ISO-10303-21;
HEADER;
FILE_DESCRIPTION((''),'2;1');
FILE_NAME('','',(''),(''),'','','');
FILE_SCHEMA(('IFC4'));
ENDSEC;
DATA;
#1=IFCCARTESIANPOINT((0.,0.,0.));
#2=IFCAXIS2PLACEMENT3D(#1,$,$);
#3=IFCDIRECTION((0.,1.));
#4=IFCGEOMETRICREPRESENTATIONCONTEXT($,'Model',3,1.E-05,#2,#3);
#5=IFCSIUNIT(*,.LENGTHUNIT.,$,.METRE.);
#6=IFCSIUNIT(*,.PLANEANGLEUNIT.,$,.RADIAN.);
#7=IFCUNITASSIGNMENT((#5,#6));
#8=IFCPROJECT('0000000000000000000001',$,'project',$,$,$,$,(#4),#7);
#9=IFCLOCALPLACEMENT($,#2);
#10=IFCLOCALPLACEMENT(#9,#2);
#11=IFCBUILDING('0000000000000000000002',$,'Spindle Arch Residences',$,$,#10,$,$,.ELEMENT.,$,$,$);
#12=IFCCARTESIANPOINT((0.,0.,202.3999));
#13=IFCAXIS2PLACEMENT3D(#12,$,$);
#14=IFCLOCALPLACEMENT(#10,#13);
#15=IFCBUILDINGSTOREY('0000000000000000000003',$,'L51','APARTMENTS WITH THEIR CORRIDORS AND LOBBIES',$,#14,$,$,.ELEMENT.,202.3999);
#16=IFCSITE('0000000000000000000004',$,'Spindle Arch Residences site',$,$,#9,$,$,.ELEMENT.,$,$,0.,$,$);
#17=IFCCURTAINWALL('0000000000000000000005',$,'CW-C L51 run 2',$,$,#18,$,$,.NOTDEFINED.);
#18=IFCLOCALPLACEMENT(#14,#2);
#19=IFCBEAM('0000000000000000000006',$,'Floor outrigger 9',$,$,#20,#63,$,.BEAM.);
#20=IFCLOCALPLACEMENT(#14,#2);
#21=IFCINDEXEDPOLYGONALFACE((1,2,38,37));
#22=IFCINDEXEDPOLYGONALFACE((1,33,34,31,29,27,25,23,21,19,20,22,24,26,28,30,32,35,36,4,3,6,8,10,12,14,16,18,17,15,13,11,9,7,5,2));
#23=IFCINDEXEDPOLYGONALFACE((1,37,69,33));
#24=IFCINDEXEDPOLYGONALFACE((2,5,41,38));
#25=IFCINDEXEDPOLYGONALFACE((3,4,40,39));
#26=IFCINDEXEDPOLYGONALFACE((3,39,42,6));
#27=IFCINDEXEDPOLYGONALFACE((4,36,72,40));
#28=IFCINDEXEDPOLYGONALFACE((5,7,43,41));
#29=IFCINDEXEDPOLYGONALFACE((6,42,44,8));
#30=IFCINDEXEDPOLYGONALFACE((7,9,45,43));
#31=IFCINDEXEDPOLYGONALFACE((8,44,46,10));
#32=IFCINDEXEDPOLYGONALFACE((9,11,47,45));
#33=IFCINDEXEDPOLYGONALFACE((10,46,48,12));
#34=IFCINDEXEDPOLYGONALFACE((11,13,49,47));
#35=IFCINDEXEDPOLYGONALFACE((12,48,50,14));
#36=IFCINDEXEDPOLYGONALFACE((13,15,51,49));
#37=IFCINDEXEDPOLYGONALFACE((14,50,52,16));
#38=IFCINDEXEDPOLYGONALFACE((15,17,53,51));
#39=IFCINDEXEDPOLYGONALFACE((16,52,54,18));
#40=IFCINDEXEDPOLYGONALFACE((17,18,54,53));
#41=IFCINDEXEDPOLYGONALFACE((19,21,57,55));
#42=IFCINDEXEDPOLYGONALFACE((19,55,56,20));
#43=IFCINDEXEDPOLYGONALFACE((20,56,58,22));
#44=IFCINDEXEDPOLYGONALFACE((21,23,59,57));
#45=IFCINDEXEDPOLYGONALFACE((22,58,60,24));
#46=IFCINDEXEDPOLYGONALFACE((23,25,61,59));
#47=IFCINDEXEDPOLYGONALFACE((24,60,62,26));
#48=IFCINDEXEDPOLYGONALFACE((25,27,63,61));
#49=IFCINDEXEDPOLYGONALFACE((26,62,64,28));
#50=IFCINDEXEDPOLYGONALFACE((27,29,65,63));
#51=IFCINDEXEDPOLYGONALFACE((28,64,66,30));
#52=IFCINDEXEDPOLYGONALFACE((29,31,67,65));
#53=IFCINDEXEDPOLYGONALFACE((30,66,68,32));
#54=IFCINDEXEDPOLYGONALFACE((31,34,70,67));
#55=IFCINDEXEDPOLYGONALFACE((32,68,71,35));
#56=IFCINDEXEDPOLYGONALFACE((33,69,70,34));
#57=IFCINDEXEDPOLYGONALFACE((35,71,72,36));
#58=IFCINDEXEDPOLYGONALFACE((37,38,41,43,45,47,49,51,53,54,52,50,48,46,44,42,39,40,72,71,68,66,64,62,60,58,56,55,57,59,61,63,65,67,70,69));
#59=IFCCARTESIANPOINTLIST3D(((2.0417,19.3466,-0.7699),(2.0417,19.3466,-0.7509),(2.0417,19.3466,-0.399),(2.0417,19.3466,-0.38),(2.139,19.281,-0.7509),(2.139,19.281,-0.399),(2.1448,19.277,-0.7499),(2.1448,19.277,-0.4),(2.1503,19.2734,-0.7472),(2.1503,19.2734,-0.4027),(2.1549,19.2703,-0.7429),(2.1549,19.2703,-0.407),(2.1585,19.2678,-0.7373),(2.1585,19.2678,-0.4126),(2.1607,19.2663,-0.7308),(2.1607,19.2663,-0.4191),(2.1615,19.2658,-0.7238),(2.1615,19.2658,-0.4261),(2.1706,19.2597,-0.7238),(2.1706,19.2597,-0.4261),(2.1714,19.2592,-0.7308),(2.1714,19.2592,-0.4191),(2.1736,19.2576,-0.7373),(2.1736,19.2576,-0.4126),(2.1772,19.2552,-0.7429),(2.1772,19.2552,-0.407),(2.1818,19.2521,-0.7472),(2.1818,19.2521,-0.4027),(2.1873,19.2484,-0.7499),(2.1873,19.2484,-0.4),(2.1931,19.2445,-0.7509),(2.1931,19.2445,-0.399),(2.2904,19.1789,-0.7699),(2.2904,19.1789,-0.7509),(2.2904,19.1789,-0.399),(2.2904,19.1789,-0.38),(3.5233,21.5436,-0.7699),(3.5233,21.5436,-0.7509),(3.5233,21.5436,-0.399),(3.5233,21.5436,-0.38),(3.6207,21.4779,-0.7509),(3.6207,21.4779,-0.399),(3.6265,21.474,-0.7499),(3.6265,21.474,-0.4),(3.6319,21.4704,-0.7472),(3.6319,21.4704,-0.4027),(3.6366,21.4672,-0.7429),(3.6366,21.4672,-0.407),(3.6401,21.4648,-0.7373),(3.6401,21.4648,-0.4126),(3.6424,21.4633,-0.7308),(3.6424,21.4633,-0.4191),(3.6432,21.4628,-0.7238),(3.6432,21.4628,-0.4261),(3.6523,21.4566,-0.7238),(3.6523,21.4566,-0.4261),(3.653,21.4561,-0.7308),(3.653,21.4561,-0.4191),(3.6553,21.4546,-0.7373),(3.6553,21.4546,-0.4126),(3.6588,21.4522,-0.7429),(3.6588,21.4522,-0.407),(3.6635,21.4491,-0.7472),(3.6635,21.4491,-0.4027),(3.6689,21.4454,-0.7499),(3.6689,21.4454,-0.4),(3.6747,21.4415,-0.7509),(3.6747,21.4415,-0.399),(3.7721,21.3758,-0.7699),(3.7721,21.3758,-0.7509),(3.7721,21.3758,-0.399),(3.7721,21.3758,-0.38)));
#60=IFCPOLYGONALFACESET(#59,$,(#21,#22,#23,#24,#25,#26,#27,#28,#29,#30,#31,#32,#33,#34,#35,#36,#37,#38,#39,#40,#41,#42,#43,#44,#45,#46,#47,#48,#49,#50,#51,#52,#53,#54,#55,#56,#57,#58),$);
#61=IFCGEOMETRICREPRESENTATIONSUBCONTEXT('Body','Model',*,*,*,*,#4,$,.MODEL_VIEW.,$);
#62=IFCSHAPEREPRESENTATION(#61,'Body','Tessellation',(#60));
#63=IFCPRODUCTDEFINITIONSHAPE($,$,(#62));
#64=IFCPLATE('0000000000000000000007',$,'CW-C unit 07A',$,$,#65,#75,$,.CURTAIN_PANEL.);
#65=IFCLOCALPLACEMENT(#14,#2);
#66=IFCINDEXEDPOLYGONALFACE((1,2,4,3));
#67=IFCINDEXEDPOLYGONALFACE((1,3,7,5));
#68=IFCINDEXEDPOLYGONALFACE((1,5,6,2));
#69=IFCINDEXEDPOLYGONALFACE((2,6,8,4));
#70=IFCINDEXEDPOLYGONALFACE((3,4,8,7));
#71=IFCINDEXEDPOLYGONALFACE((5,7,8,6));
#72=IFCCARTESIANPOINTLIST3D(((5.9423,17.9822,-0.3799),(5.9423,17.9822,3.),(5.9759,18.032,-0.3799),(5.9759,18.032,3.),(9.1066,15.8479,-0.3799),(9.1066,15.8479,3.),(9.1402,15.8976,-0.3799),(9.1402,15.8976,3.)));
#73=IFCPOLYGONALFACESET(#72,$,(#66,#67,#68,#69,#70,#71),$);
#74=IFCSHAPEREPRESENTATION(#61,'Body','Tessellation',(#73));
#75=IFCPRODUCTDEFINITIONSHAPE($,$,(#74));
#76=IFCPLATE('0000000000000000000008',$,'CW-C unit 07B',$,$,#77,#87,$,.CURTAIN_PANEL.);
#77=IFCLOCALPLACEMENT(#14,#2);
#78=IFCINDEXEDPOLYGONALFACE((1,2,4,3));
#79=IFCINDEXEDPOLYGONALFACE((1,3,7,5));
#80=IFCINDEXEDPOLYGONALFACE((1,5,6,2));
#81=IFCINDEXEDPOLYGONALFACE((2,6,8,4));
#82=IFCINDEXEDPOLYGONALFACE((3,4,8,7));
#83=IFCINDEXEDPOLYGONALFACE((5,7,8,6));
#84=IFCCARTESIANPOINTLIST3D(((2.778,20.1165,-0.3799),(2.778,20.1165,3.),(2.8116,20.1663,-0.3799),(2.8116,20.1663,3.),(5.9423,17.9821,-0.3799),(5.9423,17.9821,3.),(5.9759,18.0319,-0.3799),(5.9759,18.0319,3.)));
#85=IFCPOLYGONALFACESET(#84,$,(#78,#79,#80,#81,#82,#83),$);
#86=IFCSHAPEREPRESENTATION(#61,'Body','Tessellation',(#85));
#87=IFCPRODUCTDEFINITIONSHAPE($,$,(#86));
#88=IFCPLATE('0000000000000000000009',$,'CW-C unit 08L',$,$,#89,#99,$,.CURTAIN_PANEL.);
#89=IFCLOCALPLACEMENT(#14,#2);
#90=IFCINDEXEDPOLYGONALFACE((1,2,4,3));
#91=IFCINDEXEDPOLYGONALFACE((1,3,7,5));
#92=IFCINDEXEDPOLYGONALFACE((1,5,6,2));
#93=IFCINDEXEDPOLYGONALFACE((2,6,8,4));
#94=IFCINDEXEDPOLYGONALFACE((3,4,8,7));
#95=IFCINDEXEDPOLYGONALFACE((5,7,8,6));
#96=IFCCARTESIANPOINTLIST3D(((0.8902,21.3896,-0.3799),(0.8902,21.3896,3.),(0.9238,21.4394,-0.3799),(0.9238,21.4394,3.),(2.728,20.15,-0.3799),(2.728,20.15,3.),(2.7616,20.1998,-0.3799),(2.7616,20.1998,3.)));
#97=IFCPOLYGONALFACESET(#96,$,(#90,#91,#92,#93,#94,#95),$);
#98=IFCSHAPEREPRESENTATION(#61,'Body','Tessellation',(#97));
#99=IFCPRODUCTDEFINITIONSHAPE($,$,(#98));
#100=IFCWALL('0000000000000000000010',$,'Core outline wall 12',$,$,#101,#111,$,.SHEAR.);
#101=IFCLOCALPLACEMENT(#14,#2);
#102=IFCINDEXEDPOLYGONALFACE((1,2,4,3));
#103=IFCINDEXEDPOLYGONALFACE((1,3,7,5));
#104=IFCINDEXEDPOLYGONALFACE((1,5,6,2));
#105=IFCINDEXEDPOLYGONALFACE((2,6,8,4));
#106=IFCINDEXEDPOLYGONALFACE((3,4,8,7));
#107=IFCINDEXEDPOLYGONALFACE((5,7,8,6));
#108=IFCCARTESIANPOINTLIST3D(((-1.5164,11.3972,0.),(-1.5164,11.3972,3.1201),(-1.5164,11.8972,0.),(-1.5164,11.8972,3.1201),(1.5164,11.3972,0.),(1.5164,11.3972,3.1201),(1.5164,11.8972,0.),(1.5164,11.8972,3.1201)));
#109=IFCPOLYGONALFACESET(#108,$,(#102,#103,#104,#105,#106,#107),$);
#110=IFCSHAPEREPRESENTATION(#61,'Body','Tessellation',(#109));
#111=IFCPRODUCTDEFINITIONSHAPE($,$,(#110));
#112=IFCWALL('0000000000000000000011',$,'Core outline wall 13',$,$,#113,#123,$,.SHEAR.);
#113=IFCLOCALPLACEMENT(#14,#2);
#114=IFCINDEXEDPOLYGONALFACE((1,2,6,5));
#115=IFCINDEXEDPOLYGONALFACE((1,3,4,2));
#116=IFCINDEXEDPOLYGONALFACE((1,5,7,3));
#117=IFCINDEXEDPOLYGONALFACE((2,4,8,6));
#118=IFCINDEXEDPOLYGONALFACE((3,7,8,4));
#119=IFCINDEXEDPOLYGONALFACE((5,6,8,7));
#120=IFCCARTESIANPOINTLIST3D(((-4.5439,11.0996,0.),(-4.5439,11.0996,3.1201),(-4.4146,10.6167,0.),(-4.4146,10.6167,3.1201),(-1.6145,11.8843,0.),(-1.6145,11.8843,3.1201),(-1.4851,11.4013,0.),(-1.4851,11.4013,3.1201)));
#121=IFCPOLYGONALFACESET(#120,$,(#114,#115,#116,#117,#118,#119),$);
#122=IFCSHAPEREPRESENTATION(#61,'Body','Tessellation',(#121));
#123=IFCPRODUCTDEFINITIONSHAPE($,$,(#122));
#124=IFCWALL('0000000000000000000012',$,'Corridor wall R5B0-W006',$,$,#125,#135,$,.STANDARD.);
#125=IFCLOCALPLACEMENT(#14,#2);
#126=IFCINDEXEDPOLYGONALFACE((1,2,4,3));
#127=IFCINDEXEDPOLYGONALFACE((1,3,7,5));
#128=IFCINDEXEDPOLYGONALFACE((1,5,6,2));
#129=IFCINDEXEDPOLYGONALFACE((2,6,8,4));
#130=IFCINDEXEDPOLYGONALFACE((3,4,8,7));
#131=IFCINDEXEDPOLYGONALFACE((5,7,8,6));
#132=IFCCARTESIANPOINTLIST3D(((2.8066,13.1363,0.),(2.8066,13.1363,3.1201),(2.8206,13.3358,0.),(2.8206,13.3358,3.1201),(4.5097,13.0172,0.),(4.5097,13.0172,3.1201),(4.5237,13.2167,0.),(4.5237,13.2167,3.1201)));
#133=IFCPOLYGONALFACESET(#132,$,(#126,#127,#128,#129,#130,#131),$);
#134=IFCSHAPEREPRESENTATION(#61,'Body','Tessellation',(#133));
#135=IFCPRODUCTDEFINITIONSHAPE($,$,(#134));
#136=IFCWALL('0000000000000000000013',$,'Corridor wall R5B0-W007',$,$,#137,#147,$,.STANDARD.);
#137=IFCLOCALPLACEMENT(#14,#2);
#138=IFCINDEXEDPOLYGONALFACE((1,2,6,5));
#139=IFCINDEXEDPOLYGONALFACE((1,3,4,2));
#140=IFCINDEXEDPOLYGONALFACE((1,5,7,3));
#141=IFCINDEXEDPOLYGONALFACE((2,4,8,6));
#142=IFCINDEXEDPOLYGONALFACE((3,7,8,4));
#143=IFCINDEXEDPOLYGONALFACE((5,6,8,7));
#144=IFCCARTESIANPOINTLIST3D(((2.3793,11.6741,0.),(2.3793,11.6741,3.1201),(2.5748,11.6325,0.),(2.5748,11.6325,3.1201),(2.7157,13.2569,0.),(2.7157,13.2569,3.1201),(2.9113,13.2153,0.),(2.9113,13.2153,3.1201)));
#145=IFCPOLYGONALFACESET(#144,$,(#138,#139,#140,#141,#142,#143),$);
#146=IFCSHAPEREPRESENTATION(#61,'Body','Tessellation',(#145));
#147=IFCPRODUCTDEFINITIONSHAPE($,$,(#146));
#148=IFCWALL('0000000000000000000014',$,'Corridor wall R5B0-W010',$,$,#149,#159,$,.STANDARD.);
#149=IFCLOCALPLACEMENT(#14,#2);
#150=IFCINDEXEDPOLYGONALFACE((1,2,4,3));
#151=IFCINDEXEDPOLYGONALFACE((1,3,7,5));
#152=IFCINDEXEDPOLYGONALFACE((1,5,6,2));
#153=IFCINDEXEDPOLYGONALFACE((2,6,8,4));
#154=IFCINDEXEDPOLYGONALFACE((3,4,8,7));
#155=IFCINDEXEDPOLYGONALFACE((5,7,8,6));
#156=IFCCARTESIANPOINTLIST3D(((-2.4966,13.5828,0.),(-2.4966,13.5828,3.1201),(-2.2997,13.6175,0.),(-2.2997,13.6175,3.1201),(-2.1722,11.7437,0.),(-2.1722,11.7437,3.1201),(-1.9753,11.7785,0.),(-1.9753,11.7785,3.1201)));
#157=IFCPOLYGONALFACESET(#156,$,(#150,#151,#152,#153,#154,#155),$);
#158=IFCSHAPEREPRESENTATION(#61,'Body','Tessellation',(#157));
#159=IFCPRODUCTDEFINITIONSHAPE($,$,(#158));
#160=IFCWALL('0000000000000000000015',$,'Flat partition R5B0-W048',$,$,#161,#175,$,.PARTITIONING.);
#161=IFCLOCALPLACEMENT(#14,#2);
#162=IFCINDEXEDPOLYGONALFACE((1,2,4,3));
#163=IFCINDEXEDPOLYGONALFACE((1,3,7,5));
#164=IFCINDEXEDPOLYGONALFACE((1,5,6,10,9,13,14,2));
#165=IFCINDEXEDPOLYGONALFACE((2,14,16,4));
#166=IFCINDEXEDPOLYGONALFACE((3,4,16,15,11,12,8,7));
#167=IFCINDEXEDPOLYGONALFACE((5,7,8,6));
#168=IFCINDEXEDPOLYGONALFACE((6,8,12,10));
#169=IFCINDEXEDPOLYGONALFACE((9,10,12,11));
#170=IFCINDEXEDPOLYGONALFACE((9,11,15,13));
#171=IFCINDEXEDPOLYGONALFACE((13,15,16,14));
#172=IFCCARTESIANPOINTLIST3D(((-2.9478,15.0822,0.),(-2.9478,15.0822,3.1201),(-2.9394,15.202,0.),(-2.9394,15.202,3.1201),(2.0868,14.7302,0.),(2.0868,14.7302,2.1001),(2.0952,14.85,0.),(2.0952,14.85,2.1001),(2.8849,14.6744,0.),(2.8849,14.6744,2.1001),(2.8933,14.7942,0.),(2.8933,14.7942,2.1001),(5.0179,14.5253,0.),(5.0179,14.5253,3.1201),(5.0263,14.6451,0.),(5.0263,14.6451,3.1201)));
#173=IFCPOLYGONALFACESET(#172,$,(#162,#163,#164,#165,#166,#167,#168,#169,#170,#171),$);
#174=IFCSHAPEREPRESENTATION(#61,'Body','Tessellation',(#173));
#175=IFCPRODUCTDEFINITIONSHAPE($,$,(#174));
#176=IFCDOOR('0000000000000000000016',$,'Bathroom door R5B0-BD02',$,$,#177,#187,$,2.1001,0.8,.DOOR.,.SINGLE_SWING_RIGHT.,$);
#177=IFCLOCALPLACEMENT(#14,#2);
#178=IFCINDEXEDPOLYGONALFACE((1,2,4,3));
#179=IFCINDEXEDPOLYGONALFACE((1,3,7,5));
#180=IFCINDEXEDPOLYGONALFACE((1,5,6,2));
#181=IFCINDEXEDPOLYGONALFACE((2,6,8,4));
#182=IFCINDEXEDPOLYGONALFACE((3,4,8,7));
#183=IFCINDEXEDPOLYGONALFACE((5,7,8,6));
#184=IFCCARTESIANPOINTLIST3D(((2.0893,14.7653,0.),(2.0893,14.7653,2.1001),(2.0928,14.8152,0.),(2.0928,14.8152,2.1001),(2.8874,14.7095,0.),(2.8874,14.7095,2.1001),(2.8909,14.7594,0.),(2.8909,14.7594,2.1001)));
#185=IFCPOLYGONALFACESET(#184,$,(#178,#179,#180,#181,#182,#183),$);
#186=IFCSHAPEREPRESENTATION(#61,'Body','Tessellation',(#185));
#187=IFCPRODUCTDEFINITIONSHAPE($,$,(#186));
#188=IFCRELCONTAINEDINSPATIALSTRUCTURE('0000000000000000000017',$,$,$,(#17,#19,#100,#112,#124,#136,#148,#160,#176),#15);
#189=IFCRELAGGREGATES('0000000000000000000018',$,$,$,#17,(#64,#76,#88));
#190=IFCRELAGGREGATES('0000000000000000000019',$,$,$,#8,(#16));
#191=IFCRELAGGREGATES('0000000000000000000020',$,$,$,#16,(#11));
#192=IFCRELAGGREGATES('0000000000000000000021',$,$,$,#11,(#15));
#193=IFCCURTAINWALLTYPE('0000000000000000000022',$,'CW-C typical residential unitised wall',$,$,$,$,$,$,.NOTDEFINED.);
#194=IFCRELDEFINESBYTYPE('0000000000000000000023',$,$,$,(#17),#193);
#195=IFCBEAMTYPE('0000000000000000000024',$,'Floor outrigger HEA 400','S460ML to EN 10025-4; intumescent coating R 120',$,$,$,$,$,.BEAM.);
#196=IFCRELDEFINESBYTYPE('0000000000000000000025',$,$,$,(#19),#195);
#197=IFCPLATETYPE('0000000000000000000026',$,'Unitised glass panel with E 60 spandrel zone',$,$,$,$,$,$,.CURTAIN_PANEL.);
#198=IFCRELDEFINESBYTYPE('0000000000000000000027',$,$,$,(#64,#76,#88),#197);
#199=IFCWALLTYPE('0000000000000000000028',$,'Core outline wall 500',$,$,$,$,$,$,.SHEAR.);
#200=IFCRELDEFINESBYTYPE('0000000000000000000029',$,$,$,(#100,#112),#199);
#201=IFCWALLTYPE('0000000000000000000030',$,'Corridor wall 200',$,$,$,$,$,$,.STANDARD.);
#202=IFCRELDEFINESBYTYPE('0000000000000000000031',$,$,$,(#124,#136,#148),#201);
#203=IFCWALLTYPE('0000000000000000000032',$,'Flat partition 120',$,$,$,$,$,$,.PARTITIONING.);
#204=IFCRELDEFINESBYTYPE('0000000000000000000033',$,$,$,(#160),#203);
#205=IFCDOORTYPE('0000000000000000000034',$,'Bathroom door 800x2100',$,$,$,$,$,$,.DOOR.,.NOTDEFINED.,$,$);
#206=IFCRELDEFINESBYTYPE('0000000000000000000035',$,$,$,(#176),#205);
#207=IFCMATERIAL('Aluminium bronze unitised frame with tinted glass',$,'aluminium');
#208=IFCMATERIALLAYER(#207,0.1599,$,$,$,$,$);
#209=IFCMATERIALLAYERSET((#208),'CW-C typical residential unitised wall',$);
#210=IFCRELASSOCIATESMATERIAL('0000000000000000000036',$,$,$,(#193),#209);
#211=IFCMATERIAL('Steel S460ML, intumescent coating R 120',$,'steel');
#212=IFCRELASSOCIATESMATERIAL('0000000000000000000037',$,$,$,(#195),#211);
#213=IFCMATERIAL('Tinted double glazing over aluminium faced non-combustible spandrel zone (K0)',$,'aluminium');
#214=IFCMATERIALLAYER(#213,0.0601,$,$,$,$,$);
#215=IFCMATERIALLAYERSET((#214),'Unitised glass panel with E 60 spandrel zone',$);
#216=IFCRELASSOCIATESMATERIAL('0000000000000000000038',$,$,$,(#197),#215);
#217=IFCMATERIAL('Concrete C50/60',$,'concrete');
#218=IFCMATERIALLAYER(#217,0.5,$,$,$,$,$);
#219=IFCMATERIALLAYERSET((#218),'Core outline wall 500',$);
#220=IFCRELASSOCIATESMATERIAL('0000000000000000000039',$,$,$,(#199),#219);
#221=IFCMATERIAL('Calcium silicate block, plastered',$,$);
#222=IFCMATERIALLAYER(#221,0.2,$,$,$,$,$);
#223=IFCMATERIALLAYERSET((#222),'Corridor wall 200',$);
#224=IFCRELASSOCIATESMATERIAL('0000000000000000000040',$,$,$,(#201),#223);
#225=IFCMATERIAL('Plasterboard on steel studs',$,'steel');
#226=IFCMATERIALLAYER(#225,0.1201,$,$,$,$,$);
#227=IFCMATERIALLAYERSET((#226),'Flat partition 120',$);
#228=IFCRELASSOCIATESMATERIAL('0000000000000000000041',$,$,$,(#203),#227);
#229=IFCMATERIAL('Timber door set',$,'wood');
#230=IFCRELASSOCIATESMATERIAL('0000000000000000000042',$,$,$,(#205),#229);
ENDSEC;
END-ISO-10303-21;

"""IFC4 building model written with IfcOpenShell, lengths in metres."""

from ifc_helpers import new_model, si_unit, direction, frame, frame_2d, origin, origin_2d, place, context, subcontext, project, spatial, rectangle, i_section, extrude, material, layer, layer_set, material_profile, profile_set, type_object, element, fill, aggregate, save


model = new_model("IFC4")

# Units and contexts
model_context = context("Model", 3, precision=1e-05, world=origin(), true_north=direction((0.0, 1.0)))
body_context = subcontext(model_context, "Body", "Model", "MODEL_VIEW")
ifc_project = project(units=[si_unit("LENGTHUNIT", "METRE"), si_unit("PLANEANGLEUNIT", "RADIAN")], contexts=[model_context])

# Site, building, storey
site_placement = place(None, origin())
site = spatial("IfcSite", under=ifc_project, at=site_placement, Name="Spindle Arch Residences site", CompositionType="ELEMENT", RefElevation=0.0)
building_placement = place(site_placement, origin())
building = spatial("IfcBuilding", under=site, at=building_placement, Name="Spindle Arch Residences", CompositionType="ELEMENT")
storey_placement = place(building_placement, frame((0.0, 0.0, 202.3999)))
storey = spatial("IfcBuildingStorey", under=building, at=storey_placement, Name="L51", Description="APARTMENTS WITH THEIR CORRIDORS AND LOBBIES", CompositionType="ELEMENT", Elevation=202.3999)

# Curtain wall
ifc_material_1 = material(Name="Aluminium bronze unitised frame with tinted glass", Category="aluminium")
ifc_layer_1 = layer(ifc_material_1, 0.1599)
ifc_layer_set_1 = layer_set([ifc_layer_1], Name="CW-C typical residential unitised wall")
curtain_wall_type = type_object("IfcCurtainWallType", Name="CW-C typical residential unitised wall", PredefinedType="NOTDEFINED", material=ifc_layer_set_1)
curtain_wall_placement = place(storey_placement, origin())
curtain_wall = element("IfcCurtainWall", 1, at=curtain_wall_placement, inside=storey, type_object=curtain_wall_type, Name="CW-C L51 run 2", PredefinedType="NOTDEFINED")

# Beam
ifc_material_2 = material(Name="Steel S460ML, intumescent coating R 120", Category="steel")
ifc_material_profile_1 = material_profile(ifc_material_2, i_section(OverallWidth=0.3, OverallDepth=0.3899, WebThickness=0.011, FlangeThickness=0.019, FilletRadius=0.0271, at=origin_2d()), Name="HEA 400")
ifc_profile_set_1 = profile_set([ifc_material_profile_1], Name="Steel S460ML, intumescent coating R 120")
beam_type_1 = type_object("IfcBeamType", Name="Floor outrigger HEA 400", Description="S460ML to EN 10025-4; intumescent coating R 120", PredefinedType="BEAM", material=ifc_profile_set_1)
for number, where, z_axis, x_axis, name in (
    (2, (3.6477, 21.4597, -0.575), (-0.559136, -0.829076, 0.0), (0.829076, -0.559136, 0.0), "Floor outrigger 9"),
):
    element("IfcBeam", number, at=place(storey_placement, frame(where, z_axis=z_axis, x_axis=x_axis)), inside=storey, type_object=beam_type_1, Name=name, PredefinedType="BEAM", context=body_context, shape_type="SweptSolid", body=[
        extrude(i_section(OverallWidth=0.3, OverallDepth=0.3899, WebThickness=0.011, FlangeThickness=0.019, FilletRadius=0.0271, at=origin_2d()), origin(), (0.0, 0.0, 1.0), 2.6499),
    ])

# Plates
ifc_material_3 = material(Name="Tinted double glazing over aluminium faced non-combustible spandrel zone (K0)", Category="aluminium")
ifc_layer_2 = layer(ifc_material_3, 0.0601)
ifc_layer_set_2 = layer_set([ifc_layer_2], Name="Unitised glass panel with E 60 spandrel zone")
plate_type = type_object("IfcPlateType", Name="Unitised glass panel with E 60 spandrel zone", PredefinedType="CURTAIN_PANEL", material=ifc_layer_set_2)
plate_1_placement = place(storey_placement, frame((7.5413, 16.9399, -0.3799), z_axis=(0.0, 0.0, 1.0), x_axis=(-0.829038, 0.559193, 0.0)))
plate_1 = element("IfcPlate", 3, at=plate_1_placement, type_object=plate_type, Name="CW-C unit 07A", PredefinedType="CURTAIN_PANEL", context=body_context, shape_type="SweptSolid", body=[
    extrude(rectangle(XDim=3.8169, YDim=0.0601, at=origin_2d()), origin(), (0.0, 0.0, 1.0), 3.3799),
])
plate_2_placement = place(storey_placement, frame((4.377, 19.0742, -0.3799), z_axis=(0.0, 0.0, 1.0), x_axis=(-0.829038, 0.559193, 0.0)))
plate_2 = element("IfcPlate", 4, at=plate_2_placement, type_object=plate_type, Name="CW-C unit 07B", PredefinedType="CURTAIN_PANEL", context=body_context, shape_type="SweptSolid", body=[
    extrude(rectangle(XDim=3.8169, YDim=0.0601, at=origin_2d()), origin(), (0.0, 0.0, 1.0), 3.3799),
])
plate_3_placement = place(storey_placement, frame((1.8259, 20.7947, -0.3799), z_axis=(0.0, 0.0, 1.0), x_axis=(-0.829038, 0.559193, 0.0)))
plate_3 = element("IfcPlate", 5, at=plate_3_placement, type_object=plate_type, Name="CW-C unit 08L", PredefinedType="CURTAIN_PANEL", context=body_context, shape_type="SweptSolid", body=[
    extrude(rectangle(XDim=2.2168, YDim=0.0601, at=origin_2d()), origin(), (0.0, 0.0, 1.0), 3.3799),
])
aggregate(curtain_wall, [plate_1, plate_2, plate_3])

# Walls
ifc_material_4 = material(Name="Concrete C50/60", Category="concrete")
ifc_layer_3 = layer(ifc_material_4, 0.5)
ifc_layer_set_3 = layer_set([ifc_layer_3], Name="Core outline wall 500")
wall_type_1 = type_object("IfcWallType", Name="Core outline wall 500", PredefinedType="SHEAR", material=ifc_layer_set_3)
for number, where, z_axis, x_axis, name in (
    (6, (1.5164, 11.6472, 0.0), (0.0, 0.0, 1.0), (-1.0, 0.0, 0.0), "Core outline wall 12"),
    (7, (-1.5498, 11.6428, 0.0), (0.0, 0.0, 1.0), (-0.965948, -0.258735, 0.0), "Core outline wall 13"),
):
    element("IfcWall", number, at=place(storey_placement, frame(where, z_axis=z_axis, x_axis=x_axis)), inside=storey, type_object=wall_type_1, Name=name, PredefinedType="SHEAR", context=body_context, shape_type="SweptSolid", body=[
        extrude(rectangle(XDim=3.0327, YDim=0.5, at=frame_2d((1.5164, 0.0))), origin(), (0.0, 0.0, 1.0), 3.1201),
    ])
ifc_material_5 = material(Name="Calcium silicate block, plastered")
ifc_layer_4 = layer(ifc_material_5, 0.2)
ifc_layer_set_4 = layer_set([ifc_layer_4], Name="Corridor wall 200")
wall_type_2 = type_object("IfcWallType", Name="Corridor wall 200", PredefinedType="STANDARD", material=ifc_layer_set_4)
wall_1_placement = place(storey_placement, frame((4.5166, 13.1169, 0.0), z_axis=(0.0, 0.0, 1.0), x_axis=(-0.997562, 0.069784, 0.0)))
element("IfcWall", 8, at=wall_1_placement, inside=storey, type_object=wall_type_2, Name="Corridor wall R5B0-W006", PredefinedType="STANDARD", context=body_context, shape_type="SweptSolid", body=[
    extrude(rectangle(XDim=1.7073, YDim=0.2, at=frame_2d((0.8535, 0.0))), origin(), (0.0, 0.0, 1.0), 3.1201),
])
wall_2_placement = place(storey_placement, frame((2.8135, 13.2361, 0.0), z_axis=(0.0, 0.0, 1.0), x_axis=(-0.207911, -0.978148, 0.0)))
element("IfcWall", 9, at=wall_2_placement, inside=storey, type_object=wall_type_2, Name="Corridor wall R5B0-W007", PredefinedType="STANDARD", context=body_context, shape_type="SweptSolid", body=[
    extrude(rectangle(XDim=1.6182, YDim=0.2, at=frame_2d((0.8091, 0.0))), origin(), (0.0, 0.0, 1.0), 3.1201),
])
wall_3_placement = place(storey_placement, frame((-2.0737, 11.7612, 0.0), z_axis=(0.0, 0.0, 1.0), x_axis=(-0.173741, 0.984791, 0.0)))
element("IfcWall", 10, at=wall_3_placement, inside=storey, type_object=wall_type_2, Name="Corridor wall R5B0-W010", PredefinedType="STANDARD", context=body_context, shape_type="SweptSolid", body=[
    extrude(rectangle(XDim=1.8674, YDim=0.2, at=frame_2d((0.9336, 0.0))), origin(), (0.0, 0.0, 1.0), 3.1201),
])

# Wall, opening, door
ifc_material_6 = material(Name="Plasterboard on steel studs", Category="steel")
ifc_layer_5 = layer(ifc_material_6, 0.1201)
ifc_layer_set_5 = layer_set([ifc_layer_5], Name="Flat partition 120")
wall_type_3 = type_object("IfcWallType", Name="Flat partition 120", PredefinedType="PARTITIONING", material=ifc_layer_set_5)
wall_4_placement = place(storey_placement, frame((5.0222, 14.5852, 0.0), z_axis=(0.0, 0.0, 1.0), x_axis=(-0.997565, 0.069741, 0.0)))
wall_4 = element("IfcWall", 11, at=wall_4_placement, inside=storey, type_object=wall_type_3, Name="Flat partition R5B0-W048", PredefinedType="PARTITIONING", context=body_context, shape_type="SweptSolid", body=[
    extrude(rectangle(XDim=7.9851, YDim=0.1201, at=frame_2d((3.9927, 0.0))), origin(), (0.0, 0.0, 1.0), 3.1201),
])
opening_1_placement = place(wall_4_placement, frame((2.1384, 0.0, 0.0)))
opening_1 = element("IfcOpeningElement", 12, at=opening_1_placement, cuts=wall_4, PredefinedType="OPENING", context=body_context, shape_type="SweptSolid", body=[
    extrude(rectangle(XDim=0.8, YDim=2.1001, at=frame_2d((0.3999, 1.05))), frame((0.0, 0.0701, 0.0), z_axis=(0.0, -1.0, 0.0), x_axis=(1.0, 0.0, 0.0)), (0.0, 0.0, 1.0), 0.1401),
])
ifc_material_7 = material(Name="Timber door set", Category="wood")
door_type_1 = type_object("IfcDoorType", Name="Bathroom door 800x2100", OperationType="NOTDEFINED", PredefinedType="DOOR", material=ifc_material_7)
door_1_placement = place(opening_1_placement, origin())
door_1 = element("IfcDoor", 13, at=door_1_placement, inside=storey, type_object=door_type_1, Name="Bathroom door R5B0-BD02", OperationType="SINGLE_SWING_RIGHT", OverallHeight=2.1001, OverallWidth=0.8, PredefinedType="DOOR", context=body_context, shape_type="SweptSolid", body=[
    extrude(rectangle(XDim=0.8, YDim=2.1001, at=frame_2d((0.3999, 1.05))), frame((0.0, 0.0249, 0.0), z_axis=(0.0, -1.0, 0.0), x_axis=(1.0, 0.0, 0.0)), (0.0, 0.0, 1.0), 0.05),
])
fill(opening_1, door_1)

save(model, "model.ifc")
